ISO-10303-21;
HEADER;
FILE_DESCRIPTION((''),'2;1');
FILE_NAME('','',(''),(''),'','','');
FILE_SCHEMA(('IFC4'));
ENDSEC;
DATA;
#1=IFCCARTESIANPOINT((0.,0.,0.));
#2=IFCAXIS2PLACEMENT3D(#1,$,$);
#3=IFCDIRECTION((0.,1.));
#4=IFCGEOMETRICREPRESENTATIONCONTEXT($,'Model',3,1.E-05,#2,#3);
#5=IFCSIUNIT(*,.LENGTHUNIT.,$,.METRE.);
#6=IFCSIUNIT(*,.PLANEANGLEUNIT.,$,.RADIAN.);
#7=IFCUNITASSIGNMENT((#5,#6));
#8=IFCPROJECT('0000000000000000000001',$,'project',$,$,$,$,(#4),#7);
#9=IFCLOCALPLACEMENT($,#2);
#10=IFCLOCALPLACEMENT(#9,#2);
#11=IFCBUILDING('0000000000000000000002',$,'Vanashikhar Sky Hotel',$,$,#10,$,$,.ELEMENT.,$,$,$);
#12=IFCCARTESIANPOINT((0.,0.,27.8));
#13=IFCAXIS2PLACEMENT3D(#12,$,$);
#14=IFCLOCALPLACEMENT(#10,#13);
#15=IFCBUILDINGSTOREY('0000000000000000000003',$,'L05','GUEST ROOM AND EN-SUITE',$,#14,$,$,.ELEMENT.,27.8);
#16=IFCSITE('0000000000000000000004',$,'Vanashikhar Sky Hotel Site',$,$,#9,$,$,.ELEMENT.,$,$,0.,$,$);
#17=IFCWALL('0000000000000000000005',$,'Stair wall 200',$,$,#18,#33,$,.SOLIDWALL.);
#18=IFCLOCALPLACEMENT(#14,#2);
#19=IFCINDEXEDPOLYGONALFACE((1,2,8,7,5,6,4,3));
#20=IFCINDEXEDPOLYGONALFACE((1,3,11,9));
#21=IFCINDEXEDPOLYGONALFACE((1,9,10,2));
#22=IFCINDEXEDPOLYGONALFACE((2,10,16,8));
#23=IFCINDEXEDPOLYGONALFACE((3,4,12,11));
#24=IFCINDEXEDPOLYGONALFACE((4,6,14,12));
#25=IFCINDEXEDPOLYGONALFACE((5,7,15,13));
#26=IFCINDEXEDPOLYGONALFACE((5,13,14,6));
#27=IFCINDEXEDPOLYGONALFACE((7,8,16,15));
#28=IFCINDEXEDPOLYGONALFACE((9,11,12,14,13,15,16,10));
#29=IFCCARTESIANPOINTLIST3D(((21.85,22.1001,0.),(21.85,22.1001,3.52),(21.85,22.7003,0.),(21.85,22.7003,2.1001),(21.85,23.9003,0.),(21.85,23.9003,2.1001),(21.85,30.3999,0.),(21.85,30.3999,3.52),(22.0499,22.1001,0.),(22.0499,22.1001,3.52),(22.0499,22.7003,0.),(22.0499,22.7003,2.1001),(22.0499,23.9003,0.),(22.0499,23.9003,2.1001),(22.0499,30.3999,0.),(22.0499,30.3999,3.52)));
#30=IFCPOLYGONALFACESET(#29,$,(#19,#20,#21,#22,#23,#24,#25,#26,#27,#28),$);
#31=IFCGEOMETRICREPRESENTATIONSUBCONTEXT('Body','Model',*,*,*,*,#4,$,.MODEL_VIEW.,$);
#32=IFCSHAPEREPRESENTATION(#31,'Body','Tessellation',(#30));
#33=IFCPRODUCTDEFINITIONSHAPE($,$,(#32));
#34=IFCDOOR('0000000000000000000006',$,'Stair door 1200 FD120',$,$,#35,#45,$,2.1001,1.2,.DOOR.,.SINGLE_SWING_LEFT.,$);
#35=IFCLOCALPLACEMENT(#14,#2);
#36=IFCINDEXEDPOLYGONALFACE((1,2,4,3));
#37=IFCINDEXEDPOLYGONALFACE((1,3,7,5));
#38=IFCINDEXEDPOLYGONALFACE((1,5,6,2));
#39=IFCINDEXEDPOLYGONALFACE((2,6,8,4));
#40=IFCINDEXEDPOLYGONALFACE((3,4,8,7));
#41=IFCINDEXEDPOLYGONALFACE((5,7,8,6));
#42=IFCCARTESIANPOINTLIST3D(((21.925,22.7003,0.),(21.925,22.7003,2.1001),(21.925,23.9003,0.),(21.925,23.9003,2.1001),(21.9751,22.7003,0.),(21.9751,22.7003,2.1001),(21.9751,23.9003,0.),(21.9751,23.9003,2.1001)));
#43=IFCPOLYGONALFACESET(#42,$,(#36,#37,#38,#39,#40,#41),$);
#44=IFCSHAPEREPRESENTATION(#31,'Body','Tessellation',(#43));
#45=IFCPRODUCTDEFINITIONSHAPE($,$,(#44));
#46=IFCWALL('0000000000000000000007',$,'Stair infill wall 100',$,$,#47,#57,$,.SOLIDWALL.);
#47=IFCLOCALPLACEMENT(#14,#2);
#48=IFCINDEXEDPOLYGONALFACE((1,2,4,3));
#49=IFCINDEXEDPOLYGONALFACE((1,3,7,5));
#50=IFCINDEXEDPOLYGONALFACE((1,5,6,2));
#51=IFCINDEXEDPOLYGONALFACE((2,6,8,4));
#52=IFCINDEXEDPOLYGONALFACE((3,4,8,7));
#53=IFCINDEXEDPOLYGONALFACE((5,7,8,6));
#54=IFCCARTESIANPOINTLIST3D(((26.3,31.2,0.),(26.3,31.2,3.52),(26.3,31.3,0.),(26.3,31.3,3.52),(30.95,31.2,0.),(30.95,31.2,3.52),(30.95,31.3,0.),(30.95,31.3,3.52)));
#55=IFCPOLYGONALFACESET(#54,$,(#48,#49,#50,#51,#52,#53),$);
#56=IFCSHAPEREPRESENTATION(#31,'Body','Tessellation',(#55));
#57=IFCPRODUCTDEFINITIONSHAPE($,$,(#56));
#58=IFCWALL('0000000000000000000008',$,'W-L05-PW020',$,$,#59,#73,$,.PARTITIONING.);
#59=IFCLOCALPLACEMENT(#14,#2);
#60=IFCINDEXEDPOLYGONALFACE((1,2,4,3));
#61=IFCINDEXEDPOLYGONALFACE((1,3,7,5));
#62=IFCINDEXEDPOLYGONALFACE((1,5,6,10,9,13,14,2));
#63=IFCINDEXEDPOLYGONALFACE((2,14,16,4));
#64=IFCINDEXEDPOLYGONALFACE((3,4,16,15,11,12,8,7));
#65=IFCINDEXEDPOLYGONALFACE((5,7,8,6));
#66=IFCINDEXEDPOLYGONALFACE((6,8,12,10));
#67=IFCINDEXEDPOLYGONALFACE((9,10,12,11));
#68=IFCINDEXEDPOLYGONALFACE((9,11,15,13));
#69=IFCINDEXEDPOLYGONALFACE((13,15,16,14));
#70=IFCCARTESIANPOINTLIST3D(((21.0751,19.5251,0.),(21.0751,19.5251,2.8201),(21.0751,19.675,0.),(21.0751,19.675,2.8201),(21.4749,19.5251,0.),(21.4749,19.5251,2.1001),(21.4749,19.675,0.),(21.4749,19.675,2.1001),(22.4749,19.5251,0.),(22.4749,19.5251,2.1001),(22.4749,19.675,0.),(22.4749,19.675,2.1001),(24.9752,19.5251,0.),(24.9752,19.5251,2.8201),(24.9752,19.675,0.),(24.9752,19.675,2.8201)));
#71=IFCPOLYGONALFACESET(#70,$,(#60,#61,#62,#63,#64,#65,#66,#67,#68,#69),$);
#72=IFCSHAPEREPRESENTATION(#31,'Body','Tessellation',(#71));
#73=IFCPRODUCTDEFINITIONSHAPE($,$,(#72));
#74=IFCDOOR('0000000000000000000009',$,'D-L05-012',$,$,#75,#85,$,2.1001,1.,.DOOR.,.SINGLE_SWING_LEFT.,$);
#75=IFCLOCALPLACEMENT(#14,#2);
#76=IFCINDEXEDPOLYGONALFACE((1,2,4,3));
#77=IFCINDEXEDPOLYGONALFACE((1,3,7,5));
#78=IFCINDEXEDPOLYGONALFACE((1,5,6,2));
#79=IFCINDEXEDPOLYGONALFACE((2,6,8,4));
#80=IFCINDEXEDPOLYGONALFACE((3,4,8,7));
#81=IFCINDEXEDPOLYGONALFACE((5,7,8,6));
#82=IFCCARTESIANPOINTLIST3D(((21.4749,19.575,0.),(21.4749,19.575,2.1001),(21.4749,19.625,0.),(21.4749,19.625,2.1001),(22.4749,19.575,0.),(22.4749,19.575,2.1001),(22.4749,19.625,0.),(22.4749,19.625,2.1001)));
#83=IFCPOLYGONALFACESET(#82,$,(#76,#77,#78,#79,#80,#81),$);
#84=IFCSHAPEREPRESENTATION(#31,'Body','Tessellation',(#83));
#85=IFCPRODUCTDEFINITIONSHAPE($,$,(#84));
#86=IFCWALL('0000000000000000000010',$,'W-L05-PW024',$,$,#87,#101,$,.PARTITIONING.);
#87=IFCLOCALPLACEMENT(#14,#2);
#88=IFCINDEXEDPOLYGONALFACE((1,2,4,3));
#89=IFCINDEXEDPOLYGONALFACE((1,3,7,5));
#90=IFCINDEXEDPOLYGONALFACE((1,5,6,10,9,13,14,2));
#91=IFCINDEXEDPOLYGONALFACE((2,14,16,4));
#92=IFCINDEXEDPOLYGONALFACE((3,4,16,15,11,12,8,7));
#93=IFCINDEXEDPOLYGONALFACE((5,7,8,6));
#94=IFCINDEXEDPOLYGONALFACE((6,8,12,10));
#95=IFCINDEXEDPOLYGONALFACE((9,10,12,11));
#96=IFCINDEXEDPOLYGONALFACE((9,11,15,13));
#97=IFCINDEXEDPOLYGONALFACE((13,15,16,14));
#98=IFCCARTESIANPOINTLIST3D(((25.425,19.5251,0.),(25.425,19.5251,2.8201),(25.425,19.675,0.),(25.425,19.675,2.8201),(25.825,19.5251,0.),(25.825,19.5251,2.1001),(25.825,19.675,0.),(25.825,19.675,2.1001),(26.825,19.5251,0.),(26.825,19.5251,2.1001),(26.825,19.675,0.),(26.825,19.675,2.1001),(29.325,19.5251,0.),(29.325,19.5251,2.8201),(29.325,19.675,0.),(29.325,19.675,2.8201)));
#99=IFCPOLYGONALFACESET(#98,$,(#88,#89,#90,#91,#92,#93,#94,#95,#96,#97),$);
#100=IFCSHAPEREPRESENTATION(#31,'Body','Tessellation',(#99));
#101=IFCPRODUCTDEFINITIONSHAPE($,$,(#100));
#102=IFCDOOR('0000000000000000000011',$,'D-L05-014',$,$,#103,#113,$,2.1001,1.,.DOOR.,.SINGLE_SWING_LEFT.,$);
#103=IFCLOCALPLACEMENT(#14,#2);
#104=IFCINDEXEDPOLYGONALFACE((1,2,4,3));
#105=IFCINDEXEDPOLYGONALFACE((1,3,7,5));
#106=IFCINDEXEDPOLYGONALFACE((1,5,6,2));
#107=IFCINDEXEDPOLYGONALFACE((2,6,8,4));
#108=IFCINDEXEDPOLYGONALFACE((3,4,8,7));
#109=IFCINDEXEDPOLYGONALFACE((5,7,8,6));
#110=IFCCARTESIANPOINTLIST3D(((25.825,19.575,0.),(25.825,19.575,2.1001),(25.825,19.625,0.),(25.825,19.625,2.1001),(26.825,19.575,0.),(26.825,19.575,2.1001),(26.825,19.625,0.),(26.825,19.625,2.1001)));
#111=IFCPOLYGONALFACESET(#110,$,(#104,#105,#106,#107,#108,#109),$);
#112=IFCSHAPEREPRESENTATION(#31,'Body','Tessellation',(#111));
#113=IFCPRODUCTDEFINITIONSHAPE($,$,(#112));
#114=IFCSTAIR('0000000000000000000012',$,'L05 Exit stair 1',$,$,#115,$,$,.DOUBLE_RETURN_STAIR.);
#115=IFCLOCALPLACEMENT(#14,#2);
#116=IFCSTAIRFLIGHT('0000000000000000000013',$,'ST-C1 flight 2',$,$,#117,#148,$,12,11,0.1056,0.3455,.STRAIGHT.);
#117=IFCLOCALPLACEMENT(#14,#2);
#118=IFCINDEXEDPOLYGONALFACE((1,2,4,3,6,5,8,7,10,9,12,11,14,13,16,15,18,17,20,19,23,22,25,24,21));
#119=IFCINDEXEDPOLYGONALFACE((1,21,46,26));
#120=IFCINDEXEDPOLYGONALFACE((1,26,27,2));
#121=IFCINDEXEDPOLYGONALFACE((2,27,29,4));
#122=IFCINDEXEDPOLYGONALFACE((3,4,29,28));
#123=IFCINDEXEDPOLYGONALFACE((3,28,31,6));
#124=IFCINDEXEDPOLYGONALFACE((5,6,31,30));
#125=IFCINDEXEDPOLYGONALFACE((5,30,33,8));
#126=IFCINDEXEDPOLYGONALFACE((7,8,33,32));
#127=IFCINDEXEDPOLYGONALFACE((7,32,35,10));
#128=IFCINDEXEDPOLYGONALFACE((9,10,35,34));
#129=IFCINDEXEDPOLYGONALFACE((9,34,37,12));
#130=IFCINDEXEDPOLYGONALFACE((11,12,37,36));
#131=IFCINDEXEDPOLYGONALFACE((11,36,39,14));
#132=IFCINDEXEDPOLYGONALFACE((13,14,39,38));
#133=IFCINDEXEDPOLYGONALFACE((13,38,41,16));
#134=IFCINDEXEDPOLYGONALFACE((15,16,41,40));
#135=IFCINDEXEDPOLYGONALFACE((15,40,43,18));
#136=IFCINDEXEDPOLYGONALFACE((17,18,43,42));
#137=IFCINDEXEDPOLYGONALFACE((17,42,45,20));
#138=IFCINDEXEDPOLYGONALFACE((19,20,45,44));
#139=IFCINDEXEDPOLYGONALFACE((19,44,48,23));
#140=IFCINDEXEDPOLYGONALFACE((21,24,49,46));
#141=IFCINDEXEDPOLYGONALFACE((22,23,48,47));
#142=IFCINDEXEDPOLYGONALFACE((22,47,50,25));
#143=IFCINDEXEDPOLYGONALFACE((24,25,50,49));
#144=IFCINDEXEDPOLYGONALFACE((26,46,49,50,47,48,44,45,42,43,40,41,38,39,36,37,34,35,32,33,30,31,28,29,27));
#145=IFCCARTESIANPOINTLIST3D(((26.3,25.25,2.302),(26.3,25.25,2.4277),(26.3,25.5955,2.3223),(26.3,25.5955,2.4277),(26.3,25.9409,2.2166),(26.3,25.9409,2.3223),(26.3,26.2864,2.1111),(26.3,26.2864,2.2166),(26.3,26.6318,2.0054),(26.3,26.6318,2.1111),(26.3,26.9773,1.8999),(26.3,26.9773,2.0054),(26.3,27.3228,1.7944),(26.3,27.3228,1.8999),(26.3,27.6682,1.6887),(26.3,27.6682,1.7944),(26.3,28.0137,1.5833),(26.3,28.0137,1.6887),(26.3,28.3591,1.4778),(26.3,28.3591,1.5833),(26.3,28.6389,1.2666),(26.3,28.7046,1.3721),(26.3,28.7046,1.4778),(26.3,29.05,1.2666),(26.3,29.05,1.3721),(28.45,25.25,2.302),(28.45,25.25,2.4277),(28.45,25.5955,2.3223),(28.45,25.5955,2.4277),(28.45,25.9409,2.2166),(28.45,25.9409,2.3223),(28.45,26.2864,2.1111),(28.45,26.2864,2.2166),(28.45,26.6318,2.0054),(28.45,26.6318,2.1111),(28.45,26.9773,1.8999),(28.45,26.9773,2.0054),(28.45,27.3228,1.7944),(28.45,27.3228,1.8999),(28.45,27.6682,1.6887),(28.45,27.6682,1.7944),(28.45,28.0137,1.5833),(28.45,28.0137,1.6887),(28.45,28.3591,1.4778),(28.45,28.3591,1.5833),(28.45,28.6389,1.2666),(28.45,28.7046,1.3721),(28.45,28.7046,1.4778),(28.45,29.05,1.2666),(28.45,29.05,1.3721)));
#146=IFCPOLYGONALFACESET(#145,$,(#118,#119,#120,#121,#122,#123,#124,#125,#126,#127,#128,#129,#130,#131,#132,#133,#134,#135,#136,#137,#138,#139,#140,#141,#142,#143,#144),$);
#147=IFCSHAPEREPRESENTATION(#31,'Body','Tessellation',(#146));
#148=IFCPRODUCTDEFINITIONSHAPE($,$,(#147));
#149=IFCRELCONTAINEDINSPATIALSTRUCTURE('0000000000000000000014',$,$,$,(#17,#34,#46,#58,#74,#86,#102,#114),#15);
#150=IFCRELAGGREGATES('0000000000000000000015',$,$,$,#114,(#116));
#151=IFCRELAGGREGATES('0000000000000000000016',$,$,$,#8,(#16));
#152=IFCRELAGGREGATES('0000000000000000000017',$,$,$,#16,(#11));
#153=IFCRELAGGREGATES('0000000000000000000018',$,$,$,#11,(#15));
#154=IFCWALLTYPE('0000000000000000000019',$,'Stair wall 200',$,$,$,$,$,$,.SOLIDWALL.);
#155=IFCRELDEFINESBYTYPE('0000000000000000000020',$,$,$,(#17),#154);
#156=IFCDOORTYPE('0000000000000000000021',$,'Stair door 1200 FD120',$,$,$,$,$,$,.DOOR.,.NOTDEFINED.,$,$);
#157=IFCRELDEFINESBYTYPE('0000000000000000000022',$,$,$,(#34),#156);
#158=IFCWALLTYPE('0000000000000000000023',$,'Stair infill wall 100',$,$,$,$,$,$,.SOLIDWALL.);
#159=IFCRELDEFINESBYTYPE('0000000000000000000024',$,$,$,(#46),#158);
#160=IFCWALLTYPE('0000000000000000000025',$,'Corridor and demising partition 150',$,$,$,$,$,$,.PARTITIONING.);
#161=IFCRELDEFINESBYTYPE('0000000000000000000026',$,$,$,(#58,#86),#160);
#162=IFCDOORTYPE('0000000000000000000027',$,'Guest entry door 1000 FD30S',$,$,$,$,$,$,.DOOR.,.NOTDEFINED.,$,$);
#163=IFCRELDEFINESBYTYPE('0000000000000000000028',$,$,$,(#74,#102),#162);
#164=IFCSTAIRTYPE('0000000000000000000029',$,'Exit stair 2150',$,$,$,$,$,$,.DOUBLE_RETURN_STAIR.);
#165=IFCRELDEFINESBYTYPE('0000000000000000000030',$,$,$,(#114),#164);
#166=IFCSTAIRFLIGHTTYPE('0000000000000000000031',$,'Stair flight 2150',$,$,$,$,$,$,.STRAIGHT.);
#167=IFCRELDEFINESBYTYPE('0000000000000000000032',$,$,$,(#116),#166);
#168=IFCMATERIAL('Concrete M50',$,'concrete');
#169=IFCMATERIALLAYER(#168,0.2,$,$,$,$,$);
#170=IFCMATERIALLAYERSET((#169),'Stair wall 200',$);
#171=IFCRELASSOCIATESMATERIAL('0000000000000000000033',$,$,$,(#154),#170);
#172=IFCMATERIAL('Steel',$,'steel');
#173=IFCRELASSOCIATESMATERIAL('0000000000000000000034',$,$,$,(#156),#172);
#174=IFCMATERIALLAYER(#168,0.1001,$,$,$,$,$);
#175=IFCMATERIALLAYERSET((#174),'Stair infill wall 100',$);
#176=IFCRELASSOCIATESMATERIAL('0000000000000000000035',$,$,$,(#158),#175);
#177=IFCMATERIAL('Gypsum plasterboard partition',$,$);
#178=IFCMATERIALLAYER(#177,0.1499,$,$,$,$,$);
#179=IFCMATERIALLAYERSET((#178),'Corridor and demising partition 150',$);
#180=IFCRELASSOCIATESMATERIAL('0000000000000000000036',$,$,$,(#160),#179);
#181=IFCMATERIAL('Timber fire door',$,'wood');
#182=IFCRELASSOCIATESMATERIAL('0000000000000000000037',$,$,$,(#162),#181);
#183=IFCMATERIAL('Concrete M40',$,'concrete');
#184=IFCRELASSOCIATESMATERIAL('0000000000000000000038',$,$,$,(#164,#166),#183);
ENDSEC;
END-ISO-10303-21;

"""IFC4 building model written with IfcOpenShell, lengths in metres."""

from ifc_helpers import new_model, si_unit, direction, frame, frame_2d, origin, place, context, subcontext, project, spatial, polyline, rectangle, outline, extrude, source, transform, mapped, material, layer, layer_set, type_object, element, fill, aggregate, save


model = new_model("IFC4")

# Units and contexts
model_context = context("Model", 3, precision=1e-05, world=origin(), true_north=direction((0.0, 1.0)))
body_context = subcontext(model_context, "Body", "Model", "MODEL_VIEW")
ifc_project = project(units=[si_unit("LENGTHUNIT", "METRE"), si_unit("PLANEANGLEUNIT", "RADIAN")], contexts=[model_context])

# Site, building, storey
site_placement = place(None, origin())
site = spatial("IfcSite", under=ifc_project, at=site_placement, Name="Vanashikhar Sky Hotel Site", CompositionType="ELEMENT", RefElevation=0.0)
building_placement = place(site_placement, origin())
building = spatial("IfcBuilding", under=site, at=building_placement, Name="Vanashikhar Sky Hotel", CompositionType="ELEMENT")
storey_placement = place(building_placement, frame((0.0, 0.0, 27.8)))
storey = spatial("IfcBuildingStorey", under=building, at=storey_placement, Name="L05", Description="GUEST ROOM AND EN-SUITE", CompositionType="ELEMENT", Elevation=27.8)

# Shared definitions
ifc_material_1 = material(Name="Steel", Category="steel")

# Wall, opening, door
ifc_material_2 = material(Name="Concrete M50", Category="concrete")
ifc_layer_1 = layer(ifc_material_2, 0.2)
ifc_layer_set_1 = layer_set([ifc_layer_1], Name="Stair wall 200")
wall_type_1 = type_object("IfcWallType", Name="Stair wall 200", PredefinedType="SOLIDWALL", material=ifc_layer_set_1)
shared_shape_1 = source(origin(), body_context, "Body", "SweptSolid", [
    extrude(rectangle(XDim=8.2998, YDim=0.2, at=frame_2d((4.1499, 0.0))), origin(), (0.0, 0.0, 1.0), 3.52),
])
wall_1_placement = place(storey_placement, frame((21.95, 22.1001, 0.0), z_axis=(0.0, 0.0, 1.0), x_axis=(0.0, 1.0, 0.0)))
wall_1 = element("IfcWall", 1, at=wall_1_placement, inside=storey, type_object=wall_type_1, Name="Stair wall 200", PredefinedType="SOLIDWALL", context=body_context, shape_type="MappedRepresentation", body=[
    mapped(shared_shape_1, transform((0.0, 0.0, 0.0), scale=1.0)),
])
shared_shape_2 = source(origin(), body_context, "Body", "SweptSolid", [
    extrude(rectangle(XDim=1.2, YDim=2.1001, at=frame_2d((0.6001, 1.05))), frame((0.0, 0.1099, 0.0), z_axis=(0.0, -1.0, 0.0), x_axis=(1.0, 0.0, 0.0)), (0.0, 0.0, 1.0), 0.22),
])
opening_1_placement = place(wall_1_placement, frame((0.6001, 0.0, 0.0)))
opening_1 = element("IfcOpeningElement", 2, at=opening_1_placement, cuts=wall_1, PredefinedType="OPENING", context=body_context, shape_type="MappedRepresentation", body=[
    mapped(shared_shape_2, transform((0.0, 0.0, 0.0), scale=1.0)),
])
door_type_1 = type_object("IfcDoorType", Name="Stair door 1200 FD120", OperationType="NOTDEFINED", PredefinedType="DOOR", material=ifc_material_1)
shared_shape_3 = source(origin(), body_context, "Body", "SweptSolid", [
    extrude(rectangle(XDim=1.2, YDim=2.1001, at=frame_2d((0.6001, 1.05))), frame((0.0, 0.0249, 0.0), z_axis=(0.0, -1.0, 0.0), x_axis=(1.0, 0.0, 0.0)), (0.0, 0.0, 1.0), 0.05),
])
door_1_placement = place(opening_1_placement, origin())
door_1 = element("IfcDoor", 3, at=door_1_placement, inside=storey, type_object=door_type_1, Name="Stair door 1200 FD120", OperationType="SINGLE_SWING_LEFT", OverallHeight=2.1001, OverallWidth=1.2, PredefinedType="DOOR", context=body_context, shape_type="MappedRepresentation", body=[
    mapped(shared_shape_3, transform((0.0, 0.0, 0.0), scale=1.0)),
])
fill(opening_1, door_1)

# Wall
ifc_layer_2 = layer(ifc_material_2, 0.1001)
ifc_layer_set_2 = layer_set([ifc_layer_2], Name="Stair infill wall 100")
wall_type_2 = type_object("IfcWallType", Name="Stair infill wall 100", PredefinedType="SOLIDWALL", material=ifc_layer_set_2)
shared_shape_4 = source(origin(), body_context, "Body", "SweptSolid", [
    extrude(rectangle(XDim=4.6499, YDim=0.1001, at=frame_2d((2.325, 0.0))), origin(), (0.0, 0.0, 1.0), 3.52),
])
wall_2_placement = place(storey_placement, frame((26.3, 31.25, 0.0), z_axis=(0.0, 0.0, 1.0), x_axis=(1.0, 0.0, 0.0)))
element("IfcWall", 4, at=wall_2_placement, inside=storey, type_object=wall_type_2, Name="Stair infill wall 100", PredefinedType="SOLIDWALL", context=body_context, shape_type="MappedRepresentation", body=[
    mapped(shared_shape_4, transform((0.0, 0.0, 0.0), scale=1.0)),
])

# Walls, openings, doors
ifc_material_3 = material(Name="Gypsum plasterboard partition")
ifc_layer_3 = layer(ifc_material_3, 0.1499)
ifc_layer_set_3 = layer_set([ifc_layer_3], Name="Corridor and demising partition 150")
wall_type_3 = type_object("IfcWallType", Name="Corridor and demising partition 150", PredefinedType="PARTITIONING", material=ifc_layer_set_3)
shared_shape_5 = source(origin(), body_context, "Body", "SweptSolid", [
    extrude(rectangle(XDim=3.9001, YDim=0.1499, at=frame_2d((1.9502, 0.0))), origin(), (0.0, 0.0, 1.0), 2.8201),
])
wall_3_placement = place(storey_placement, frame((21.075, 19.6001, 0.0), z_axis=(0.0, 0.0, 1.0), x_axis=(1.0, 0.0, 0.0)))
wall_3 = element("IfcWall", 5, at=wall_3_placement, inside=storey, type_object=wall_type_3, Name="W-L05-PW020", PredefinedType="PARTITIONING", context=body_context, shape_type="MappedRepresentation", body=[
    mapped(shared_shape_5, transform((0.0, 0.0, 0.0), scale=1.0)),
])
shared_shape_6 = source(origin(), body_context, "Body", "SweptSolid", [
    extrude(rectangle(XDim=1.0, YDim=2.1001, at=frame_2d((0.5, 1.05))), frame((0.0, 0.085, 0.0), z_axis=(0.0, -1.0, 0.0), x_axis=(1.0, 0.0, 0.0)), (0.0, 0.0, 1.0), 0.1699),
])
opening_2_placement = place(wall_3_placement, frame((0.3999, 0.0, 0.0)))
opening_2 = element("IfcOpeningElement", 6, at=opening_2_placement, cuts=wall_3, PredefinedType="OPENING", context=body_context, shape_type="MappedRepresentation", body=[
    mapped(shared_shape_6, transform((0.0, 0.0, 0.0), scale=1.0)),
])
ifc_material_4 = material(Name="Timber fire door", Category="wood")
door_type_2 = type_object("IfcDoorType", Name="Guest entry door 1000 FD30S", OperationType="NOTDEFINED", PredefinedType="DOOR", material=ifc_material_4)
shared_shape_7 = source(origin(), body_context, "Body", "SweptSolid", [
    extrude(rectangle(XDim=1.0, YDim=2.1001, at=frame_2d((0.5, 1.05))), frame((0.0, 0.0249, 0.0), z_axis=(0.0, -1.0, 0.0), x_axis=(1.0, 0.0, 0.0)), (0.0, 0.0, 1.0), 0.05),
])
door_2_placement = place(opening_2_placement, origin())
door_2 = element("IfcDoor", 7, at=door_2_placement, inside=storey, type_object=door_type_2, Name="D-L05-012", OperationType="SINGLE_SWING_LEFT", OverallHeight=2.1001, OverallWidth=1.0, PredefinedType="DOOR", context=body_context, shape_type="MappedRepresentation", body=[
    mapped(shared_shape_7, transform((0.0, 0.0, 0.0), scale=1.0)),
])
fill(opening_2, door_2)
shared_shape_8 = source(origin(), body_context, "Body", "SweptSolid", [
    extrude(rectangle(XDim=3.8999, YDim=0.1499, at=frame_2d((1.95, 0.0))), origin(), (0.0, 0.0, 1.0), 2.8201),
])
wall_4_placement = place(storey_placement, frame((25.425, 19.6001, 0.0), z_axis=(0.0, 0.0, 1.0), x_axis=(1.0, 0.0, 0.0)))
wall_4 = element("IfcWall", 8, at=wall_4_placement, inside=storey, type_object=wall_type_3, Name="W-L05-PW024", PredefinedType="PARTITIONING", context=body_context, shape_type="MappedRepresentation", body=[
    mapped(shared_shape_8, transform((0.0, 0.0, 0.0), scale=1.0)),
])
opening_3_placement = place(wall_4_placement, frame((0.3999, 0.0, 0.0)))
opening_3 = element("IfcOpeningElement", 9, at=opening_3_placement, cuts=wall_4, PredefinedType="OPENING", context=body_context, shape_type="MappedRepresentation", body=[
    mapped(shared_shape_6, transform((0.0, 0.0, 0.0), scale=1.0)),
])
door_3_placement = place(opening_3_placement, origin())
door_3 = element("IfcDoor", 10, at=door_3_placement, inside=storey, type_object=door_type_2, Name="D-L05-014", OperationType="SINGLE_SWING_LEFT", OverallHeight=2.1001, OverallWidth=1.0, PredefinedType="DOOR", context=body_context, shape_type="MappedRepresentation", body=[
    mapped(shared_shape_7, transform((0.0, 0.0, 0.0), scale=1.0)),
])
fill(opening_3, door_3)

# Stair, stair flight
ifc_material_5 = material(Name="Concrete M40", Category="concrete")
stair_type = type_object("IfcStairType", Name="Exit stair 2150", PredefinedType="DOUBLE_RETURN_STAIR", material=ifc_material_5)
stair_1_placement = place(storey_placement, origin())
stair_1 = element("IfcStair", 11, at=stair_1_placement, inside=storey, type_object=stair_type, Name="L05 Exit stair 1", PredefinedType="DOUBLE_RETURN_STAIR")
stair_flight_type = type_object("IfcStairFlightType", Name="Stair flight 2150", PredefinedType="STRAIGHT", material=ifc_material_5)
shared_shape_9 = source(origin(), body_context, "Body", "SweptSolid", [
    extrude(outline(polyline([(0.0, 0.0), (0.0, 0.1055), (0.3455, 0.1055), (0.3455, 0.2112), (0.6909, 0.2112), (0.6909, 0.3167), (1.0364, 0.3167), (1.0364, 0.4221), (1.3818, 0.4221), (1.3818, 0.5278), (1.7273, 0.5278), (1.7273, 0.6333), (2.0728, 0.6333), (2.0728, 0.7388), (2.4182, 0.7388), (2.4182, 0.8445), (2.7637, 0.8445), (2.7637, 0.95), (3.1091, 0.95), (3.1091, 1.0557), (3.4546, 1.0557), (3.4546, 1.1611), (3.8, 1.1611), (3.8, 1.2666), (3.8, 1.0354), (0.4111, 0.0), (0.0, 0.0)])), frame((0.0, 1.075, 0.0), z_axis=(0.0, -1.0, 0.0), x_axis=(1.0, 0.0, 0.0)), (0.0, 0.0, 1.0), 2.1499),
])
stair_flight_1_placement = place(storey_placement, frame((27.375, 29.05, 1.2666), z_axis=(0.0, 0.0, 1.0), x_axis=(0.0, -1.0, 0.0)))
stair_flight_1 = element("IfcStairFlight", 12, at=stair_flight_1_placement, type_object=stair_flight_type, Name="ST-C1 flight 2", NumberOfRisers=12, NumberOfTreads=11, PredefinedType="STRAIGHT", RiserHeight=0.1056, TreadLength=0.3455, context=body_context, shape_type="MappedRepresentation", body=[
    mapped(shared_shape_9, transform((0.0, 0.0, 0.0), scale=1.0)),
])
aggregate(stair_1, [stair_flight_1])

save(model, "model.ifc")
